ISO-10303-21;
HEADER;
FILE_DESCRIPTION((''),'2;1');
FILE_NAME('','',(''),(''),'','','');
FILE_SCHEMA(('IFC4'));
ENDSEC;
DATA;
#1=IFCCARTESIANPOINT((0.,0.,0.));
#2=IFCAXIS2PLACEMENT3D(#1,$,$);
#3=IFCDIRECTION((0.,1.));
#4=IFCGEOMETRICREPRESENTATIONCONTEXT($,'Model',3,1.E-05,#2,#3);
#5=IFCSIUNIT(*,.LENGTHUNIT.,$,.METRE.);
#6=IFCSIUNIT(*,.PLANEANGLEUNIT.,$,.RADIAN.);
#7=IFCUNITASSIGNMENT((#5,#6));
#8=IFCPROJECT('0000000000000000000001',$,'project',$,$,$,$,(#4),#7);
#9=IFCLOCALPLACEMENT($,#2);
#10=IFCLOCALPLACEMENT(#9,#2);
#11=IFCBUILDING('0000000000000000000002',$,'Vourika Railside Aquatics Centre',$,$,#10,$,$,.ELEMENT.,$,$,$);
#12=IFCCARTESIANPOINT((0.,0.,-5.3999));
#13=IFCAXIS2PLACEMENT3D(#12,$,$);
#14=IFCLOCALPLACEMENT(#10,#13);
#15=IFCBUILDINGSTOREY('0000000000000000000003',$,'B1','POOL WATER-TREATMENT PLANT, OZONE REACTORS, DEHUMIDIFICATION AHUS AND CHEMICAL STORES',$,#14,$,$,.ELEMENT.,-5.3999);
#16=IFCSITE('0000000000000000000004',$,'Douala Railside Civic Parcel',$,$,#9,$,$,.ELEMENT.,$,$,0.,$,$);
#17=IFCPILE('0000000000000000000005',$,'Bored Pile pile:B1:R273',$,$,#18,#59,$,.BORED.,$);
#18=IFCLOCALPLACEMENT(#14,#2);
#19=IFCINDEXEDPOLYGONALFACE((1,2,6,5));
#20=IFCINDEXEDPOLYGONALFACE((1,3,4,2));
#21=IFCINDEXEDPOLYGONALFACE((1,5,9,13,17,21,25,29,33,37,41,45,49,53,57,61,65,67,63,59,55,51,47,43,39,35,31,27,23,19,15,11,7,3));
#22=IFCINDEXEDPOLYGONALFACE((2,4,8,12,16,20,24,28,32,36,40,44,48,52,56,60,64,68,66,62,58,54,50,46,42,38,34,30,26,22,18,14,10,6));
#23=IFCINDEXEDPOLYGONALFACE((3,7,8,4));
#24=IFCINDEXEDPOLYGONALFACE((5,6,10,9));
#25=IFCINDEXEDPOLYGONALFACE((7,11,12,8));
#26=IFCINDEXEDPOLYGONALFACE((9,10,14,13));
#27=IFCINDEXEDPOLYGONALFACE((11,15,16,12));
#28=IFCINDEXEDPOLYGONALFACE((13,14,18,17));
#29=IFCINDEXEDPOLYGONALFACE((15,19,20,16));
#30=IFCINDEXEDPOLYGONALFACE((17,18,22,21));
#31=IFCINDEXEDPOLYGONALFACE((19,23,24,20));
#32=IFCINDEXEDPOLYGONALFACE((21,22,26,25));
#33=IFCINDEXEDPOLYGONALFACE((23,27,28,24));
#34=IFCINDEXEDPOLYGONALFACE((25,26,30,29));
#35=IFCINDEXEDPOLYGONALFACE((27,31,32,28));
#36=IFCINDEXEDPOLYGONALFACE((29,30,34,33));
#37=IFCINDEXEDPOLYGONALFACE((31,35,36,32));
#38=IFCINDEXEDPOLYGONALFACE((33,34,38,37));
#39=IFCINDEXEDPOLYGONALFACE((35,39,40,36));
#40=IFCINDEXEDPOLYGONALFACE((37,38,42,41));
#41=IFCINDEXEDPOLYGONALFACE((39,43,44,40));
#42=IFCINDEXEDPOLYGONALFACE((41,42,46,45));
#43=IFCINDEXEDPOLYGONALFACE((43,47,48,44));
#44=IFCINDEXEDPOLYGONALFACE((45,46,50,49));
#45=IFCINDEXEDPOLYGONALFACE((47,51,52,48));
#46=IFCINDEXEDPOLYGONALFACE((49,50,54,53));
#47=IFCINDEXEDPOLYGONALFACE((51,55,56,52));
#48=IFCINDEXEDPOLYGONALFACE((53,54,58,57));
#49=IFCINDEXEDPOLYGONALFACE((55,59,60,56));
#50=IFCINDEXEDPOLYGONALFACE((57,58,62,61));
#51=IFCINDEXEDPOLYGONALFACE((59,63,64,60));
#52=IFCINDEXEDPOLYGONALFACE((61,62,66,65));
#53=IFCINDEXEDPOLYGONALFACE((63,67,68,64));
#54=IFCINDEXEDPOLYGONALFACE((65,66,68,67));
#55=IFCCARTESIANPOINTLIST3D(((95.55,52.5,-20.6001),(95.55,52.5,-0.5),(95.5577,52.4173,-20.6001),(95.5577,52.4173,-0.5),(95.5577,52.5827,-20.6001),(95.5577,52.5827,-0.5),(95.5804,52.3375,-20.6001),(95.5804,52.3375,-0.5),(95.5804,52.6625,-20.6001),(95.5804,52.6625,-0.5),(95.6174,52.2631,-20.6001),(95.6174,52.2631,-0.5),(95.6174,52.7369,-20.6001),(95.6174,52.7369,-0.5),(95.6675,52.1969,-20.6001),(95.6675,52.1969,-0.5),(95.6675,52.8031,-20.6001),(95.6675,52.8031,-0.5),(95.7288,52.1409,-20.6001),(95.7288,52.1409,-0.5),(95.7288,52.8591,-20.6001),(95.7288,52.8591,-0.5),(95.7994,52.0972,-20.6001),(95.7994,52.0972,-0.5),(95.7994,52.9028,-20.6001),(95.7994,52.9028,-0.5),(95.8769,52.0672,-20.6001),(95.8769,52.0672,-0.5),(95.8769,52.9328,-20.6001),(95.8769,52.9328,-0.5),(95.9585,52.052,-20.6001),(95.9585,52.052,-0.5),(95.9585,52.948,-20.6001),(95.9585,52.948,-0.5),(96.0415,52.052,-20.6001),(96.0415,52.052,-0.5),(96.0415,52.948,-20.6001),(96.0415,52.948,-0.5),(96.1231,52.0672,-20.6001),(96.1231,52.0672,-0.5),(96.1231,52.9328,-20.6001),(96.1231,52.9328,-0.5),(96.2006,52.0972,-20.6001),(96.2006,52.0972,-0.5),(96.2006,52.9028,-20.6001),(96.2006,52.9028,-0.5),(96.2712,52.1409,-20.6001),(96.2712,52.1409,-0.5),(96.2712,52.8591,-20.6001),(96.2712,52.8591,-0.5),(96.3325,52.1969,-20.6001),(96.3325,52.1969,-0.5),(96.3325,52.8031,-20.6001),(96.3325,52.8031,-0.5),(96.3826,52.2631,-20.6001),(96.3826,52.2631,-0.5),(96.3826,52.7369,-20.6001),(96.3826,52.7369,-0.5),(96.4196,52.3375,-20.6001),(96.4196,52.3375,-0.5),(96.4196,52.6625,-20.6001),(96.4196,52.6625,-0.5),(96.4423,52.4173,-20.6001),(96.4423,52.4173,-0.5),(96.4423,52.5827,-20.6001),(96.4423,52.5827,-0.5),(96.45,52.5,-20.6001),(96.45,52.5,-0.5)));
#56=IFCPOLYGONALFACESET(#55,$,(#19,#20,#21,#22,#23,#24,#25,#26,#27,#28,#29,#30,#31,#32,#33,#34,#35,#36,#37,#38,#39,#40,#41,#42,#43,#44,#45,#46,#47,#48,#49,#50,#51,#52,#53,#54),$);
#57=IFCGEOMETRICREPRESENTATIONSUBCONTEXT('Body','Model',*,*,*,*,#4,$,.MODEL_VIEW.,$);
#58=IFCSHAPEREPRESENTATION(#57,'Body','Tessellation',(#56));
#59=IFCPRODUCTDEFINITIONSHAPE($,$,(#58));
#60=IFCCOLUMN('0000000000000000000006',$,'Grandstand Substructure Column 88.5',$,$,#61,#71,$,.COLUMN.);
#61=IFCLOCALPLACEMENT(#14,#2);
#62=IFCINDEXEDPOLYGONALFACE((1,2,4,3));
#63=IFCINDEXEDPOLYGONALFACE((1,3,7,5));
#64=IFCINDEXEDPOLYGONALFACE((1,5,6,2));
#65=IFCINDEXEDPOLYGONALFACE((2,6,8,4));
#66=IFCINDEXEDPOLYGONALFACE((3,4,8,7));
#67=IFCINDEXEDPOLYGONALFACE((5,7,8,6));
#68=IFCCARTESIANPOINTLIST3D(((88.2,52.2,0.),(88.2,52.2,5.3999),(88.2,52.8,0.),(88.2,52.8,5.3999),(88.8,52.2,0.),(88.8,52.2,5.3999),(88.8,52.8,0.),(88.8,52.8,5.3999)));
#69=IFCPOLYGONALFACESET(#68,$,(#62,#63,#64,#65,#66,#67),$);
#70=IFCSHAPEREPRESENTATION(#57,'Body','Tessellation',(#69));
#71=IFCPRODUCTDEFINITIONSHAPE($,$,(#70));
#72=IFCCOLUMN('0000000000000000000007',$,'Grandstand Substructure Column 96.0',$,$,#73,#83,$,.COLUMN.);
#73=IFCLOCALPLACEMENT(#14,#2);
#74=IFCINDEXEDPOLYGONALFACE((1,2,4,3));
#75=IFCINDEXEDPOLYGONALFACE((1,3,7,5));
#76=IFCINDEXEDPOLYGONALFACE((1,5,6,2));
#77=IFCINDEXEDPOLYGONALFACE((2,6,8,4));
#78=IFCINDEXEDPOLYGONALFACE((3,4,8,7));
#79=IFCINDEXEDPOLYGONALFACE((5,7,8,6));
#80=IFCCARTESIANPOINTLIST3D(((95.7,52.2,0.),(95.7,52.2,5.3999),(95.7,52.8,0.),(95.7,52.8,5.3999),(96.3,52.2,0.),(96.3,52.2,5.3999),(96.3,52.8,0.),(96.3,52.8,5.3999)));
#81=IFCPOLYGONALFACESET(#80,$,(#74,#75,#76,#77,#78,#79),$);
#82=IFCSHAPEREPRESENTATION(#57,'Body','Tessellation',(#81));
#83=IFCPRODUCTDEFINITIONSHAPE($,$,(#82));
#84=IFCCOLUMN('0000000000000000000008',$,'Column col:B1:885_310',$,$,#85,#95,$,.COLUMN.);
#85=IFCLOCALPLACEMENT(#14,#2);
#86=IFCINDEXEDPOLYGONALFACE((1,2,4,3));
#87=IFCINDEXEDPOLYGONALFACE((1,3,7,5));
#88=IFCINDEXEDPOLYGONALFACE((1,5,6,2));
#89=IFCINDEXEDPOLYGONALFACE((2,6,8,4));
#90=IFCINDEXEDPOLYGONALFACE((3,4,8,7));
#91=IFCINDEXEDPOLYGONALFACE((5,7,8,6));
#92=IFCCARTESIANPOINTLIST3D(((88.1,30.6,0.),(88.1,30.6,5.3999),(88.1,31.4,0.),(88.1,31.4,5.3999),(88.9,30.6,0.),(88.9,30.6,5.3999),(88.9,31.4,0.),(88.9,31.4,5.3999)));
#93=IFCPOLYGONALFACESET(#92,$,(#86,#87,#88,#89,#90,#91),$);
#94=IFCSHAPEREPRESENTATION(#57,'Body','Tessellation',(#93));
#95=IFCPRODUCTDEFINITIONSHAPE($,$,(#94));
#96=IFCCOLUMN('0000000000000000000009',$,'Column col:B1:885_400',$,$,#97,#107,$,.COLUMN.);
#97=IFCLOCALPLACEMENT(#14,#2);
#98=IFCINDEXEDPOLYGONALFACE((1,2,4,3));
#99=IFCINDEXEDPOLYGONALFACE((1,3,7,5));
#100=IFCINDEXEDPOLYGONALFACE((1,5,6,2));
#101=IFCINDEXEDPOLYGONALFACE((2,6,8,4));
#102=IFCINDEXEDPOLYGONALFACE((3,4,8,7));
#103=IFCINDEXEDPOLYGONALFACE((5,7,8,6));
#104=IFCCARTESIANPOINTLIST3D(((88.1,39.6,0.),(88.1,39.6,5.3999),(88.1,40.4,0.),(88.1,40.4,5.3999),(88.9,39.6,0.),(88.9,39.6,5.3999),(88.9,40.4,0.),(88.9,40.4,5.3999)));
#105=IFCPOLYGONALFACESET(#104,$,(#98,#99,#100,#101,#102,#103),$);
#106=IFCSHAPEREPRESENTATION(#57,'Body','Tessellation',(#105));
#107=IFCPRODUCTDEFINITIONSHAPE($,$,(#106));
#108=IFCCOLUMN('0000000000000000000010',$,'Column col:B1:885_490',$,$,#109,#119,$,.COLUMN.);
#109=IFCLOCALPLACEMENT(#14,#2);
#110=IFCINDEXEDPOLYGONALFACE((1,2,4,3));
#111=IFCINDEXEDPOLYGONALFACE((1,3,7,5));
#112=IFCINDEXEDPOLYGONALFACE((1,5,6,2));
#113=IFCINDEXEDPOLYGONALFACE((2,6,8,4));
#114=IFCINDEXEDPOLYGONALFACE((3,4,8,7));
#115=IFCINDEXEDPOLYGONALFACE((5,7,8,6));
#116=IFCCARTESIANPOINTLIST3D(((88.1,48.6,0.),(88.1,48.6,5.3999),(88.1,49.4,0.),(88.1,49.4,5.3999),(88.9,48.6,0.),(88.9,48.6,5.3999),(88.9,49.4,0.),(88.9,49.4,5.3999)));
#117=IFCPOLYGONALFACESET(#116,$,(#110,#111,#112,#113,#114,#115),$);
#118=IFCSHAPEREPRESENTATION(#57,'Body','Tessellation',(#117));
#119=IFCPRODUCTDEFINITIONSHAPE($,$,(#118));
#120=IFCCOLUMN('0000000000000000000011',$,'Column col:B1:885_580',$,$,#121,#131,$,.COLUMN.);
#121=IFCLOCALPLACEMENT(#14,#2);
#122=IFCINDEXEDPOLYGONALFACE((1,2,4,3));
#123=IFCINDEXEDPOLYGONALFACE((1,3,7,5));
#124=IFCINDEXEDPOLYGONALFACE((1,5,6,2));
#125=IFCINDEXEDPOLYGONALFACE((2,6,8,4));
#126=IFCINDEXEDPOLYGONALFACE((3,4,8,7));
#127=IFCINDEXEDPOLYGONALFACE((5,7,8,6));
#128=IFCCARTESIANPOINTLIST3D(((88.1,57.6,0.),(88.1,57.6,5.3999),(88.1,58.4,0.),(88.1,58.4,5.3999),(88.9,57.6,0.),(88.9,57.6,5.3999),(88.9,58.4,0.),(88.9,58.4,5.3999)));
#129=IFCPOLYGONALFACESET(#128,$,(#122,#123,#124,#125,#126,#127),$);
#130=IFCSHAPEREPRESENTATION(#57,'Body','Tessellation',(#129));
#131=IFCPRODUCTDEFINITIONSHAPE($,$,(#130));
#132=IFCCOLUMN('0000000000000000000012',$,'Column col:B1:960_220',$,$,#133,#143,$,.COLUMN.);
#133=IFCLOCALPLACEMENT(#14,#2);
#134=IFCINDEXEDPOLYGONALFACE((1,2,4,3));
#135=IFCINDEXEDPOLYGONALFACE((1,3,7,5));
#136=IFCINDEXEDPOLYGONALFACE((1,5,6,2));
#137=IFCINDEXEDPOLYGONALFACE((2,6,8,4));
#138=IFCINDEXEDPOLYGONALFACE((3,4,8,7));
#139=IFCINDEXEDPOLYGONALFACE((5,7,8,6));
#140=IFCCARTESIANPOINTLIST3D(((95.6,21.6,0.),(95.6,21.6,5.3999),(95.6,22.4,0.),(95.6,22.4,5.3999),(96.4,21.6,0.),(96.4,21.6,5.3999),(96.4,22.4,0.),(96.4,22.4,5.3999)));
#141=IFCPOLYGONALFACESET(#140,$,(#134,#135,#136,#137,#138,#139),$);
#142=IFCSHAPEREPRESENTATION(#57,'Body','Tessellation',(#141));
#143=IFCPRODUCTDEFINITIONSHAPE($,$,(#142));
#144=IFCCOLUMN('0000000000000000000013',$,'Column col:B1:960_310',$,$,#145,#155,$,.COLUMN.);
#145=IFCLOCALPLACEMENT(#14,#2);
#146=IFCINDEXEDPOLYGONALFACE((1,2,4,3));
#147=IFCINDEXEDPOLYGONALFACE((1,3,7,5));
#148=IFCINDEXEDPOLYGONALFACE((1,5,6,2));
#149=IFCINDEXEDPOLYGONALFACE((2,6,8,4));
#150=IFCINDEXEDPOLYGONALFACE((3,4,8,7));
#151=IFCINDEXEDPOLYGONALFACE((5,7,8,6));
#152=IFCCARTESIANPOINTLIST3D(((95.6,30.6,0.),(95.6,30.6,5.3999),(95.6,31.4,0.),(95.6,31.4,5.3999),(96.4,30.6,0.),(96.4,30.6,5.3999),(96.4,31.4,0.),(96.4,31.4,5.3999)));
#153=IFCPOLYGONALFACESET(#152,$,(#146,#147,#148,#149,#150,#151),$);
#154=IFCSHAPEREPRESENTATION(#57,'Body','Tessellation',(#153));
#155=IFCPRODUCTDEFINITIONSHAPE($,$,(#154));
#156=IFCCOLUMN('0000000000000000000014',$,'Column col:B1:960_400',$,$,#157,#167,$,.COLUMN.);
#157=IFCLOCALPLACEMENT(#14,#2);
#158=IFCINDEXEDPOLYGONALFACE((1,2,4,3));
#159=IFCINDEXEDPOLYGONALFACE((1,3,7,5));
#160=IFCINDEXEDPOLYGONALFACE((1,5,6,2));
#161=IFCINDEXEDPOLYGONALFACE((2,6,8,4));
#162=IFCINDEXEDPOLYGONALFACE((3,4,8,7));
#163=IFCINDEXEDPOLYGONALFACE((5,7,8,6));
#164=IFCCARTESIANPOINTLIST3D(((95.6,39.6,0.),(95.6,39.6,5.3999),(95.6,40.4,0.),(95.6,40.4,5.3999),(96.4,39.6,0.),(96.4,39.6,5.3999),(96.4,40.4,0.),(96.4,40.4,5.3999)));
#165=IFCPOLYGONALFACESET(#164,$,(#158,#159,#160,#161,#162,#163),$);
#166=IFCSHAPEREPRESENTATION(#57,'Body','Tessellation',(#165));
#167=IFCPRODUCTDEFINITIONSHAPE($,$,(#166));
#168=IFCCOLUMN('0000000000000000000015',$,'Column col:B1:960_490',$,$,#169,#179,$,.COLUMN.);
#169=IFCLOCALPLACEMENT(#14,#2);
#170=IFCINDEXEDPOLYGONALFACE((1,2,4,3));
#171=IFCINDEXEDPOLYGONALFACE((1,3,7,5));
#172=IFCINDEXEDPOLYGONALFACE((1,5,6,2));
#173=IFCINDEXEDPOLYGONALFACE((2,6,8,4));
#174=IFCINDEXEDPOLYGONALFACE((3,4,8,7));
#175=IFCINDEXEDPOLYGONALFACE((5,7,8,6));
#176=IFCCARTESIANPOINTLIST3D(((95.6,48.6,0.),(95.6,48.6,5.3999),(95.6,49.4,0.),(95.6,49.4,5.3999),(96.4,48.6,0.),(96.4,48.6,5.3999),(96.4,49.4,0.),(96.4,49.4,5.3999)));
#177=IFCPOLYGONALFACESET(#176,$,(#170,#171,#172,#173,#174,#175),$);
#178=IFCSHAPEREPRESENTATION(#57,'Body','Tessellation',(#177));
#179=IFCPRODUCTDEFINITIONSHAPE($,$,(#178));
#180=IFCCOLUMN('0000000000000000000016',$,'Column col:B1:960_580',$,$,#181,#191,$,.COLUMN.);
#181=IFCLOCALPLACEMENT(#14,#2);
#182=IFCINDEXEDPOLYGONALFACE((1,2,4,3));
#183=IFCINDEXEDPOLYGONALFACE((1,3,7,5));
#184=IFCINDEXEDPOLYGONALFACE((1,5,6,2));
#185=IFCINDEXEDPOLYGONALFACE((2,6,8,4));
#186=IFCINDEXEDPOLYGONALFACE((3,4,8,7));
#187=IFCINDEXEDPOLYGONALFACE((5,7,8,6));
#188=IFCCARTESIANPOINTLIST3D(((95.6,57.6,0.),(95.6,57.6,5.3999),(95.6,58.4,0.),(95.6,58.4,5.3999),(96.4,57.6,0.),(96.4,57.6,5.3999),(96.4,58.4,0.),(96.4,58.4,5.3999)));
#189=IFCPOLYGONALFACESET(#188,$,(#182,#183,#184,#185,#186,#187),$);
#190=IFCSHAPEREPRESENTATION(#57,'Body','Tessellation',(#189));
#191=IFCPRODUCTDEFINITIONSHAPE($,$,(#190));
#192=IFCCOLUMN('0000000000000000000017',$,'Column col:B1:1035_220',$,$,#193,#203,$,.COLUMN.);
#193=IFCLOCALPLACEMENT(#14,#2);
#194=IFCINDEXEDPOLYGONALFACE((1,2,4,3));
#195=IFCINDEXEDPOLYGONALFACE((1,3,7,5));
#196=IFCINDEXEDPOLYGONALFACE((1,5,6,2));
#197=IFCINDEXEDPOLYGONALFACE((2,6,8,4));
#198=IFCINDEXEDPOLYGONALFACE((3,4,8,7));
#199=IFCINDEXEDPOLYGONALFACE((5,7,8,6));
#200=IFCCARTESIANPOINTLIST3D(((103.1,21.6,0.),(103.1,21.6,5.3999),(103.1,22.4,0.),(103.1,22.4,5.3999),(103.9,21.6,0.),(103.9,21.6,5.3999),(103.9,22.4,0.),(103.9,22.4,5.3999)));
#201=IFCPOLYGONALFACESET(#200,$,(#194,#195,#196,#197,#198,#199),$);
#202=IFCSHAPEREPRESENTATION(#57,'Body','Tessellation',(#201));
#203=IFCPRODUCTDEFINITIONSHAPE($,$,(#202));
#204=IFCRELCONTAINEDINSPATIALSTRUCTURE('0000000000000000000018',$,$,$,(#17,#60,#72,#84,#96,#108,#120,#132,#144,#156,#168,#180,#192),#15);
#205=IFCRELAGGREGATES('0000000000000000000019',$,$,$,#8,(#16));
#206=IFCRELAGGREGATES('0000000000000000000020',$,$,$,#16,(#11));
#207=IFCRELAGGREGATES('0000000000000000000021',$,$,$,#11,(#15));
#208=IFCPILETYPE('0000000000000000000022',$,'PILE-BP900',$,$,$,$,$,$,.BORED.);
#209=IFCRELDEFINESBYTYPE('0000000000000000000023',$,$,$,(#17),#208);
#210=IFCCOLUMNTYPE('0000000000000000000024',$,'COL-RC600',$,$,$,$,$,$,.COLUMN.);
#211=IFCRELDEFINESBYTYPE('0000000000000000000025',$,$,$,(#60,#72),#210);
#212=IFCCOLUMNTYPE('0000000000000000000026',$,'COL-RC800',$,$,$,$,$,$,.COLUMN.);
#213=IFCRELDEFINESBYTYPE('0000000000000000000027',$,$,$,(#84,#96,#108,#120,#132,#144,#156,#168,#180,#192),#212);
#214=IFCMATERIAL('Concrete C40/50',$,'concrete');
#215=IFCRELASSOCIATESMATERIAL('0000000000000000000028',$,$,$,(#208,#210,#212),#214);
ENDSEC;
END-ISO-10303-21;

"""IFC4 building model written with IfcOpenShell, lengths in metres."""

from ifc_helpers import new_model, si_unit, direction, frame, origin, origin_2d, place, context, subcontext, project, spatial, rectangle, circle, extrude, material, material_profile, profile_set, type_object, element, save


model = new_model("IFC4")

# Units and contexts
model_context = context("Model", 3, precision=1e-05, world=origin(), true_north=direction((0.0, 1.0)))
body_context = subcontext(model_context, "Body", "Model", "MODEL_VIEW")
ifc_project = project(units=[si_unit("LENGTHUNIT", "METRE"), si_unit("PLANEANGLEUNIT", "RADIAN")], contexts=[model_context])

# Site, building, storey
site_placement = place(None, origin())
site = spatial("IfcSite", under=ifc_project, at=site_placement, Name="Douala Railside Civic Parcel", CompositionType="ELEMENT", RefElevation=0.0)
building_placement = place(site_placement, origin())
building = spatial("IfcBuilding", under=site, at=building_placement, Name="Vourika Railside Aquatics Centre", CompositionType="ELEMENT")
storey_placement = place(building_placement, frame((0.0, 0.0, -5.3999)))
storey = spatial("IfcBuildingStorey", under=building, at=storey_placement, Name="B1", Description="POOL WATER-TREATMENT PLANT, OZONE REACTORS, DEHUMIDIFICATION AHUS AND CHEMICAL STORES", CompositionType="ELEMENT", Elevation=-5.3999)

# Pile
ifc_material_1 = material(Name="Concrete C40/50", Category="concrete")
ifc_material_profile_1 = material_profile(ifc_material_1, circle(Radius=0.45, at=origin_2d()), Name="BP 900")
ifc_profile_set_1 = profile_set([ifc_material_profile_1], Name="Concrete C40/50")
pile_type_1 = type_object("IfcPileType", Name="PILE-BP900", PredefinedType="BORED", material=ifc_profile_set_1)
for number, where, z_axis, x_axis, name in (
    (1, (96.0, 52.5, -0.5), (0.0, 0.0, -1.0), (1.0, 0.0, 0.0), "Bored Pile pile:B1:R273"),
):
    element("IfcPile", number, at=place(storey_placement, frame(where, z_axis=z_axis, x_axis=x_axis)), inside=storey, type_object=pile_type_1, Name=name, PredefinedType="BORED", context=body_context, shape_type="SweptSolid", body=[
        extrude(circle(Radius=0.45, at=origin_2d()), origin(), (0.0, 0.0, 1.0), 20.1001),
    ])

# Columns
ifc_material_profile_2 = material_profile(ifc_material_1, rectangle(XDim=0.6001, YDim=0.6001, at=origin_2d()), Name="RC 600x600")
ifc_profile_set_2 = profile_set([ifc_material_profile_2], Name="Concrete C40/50")
column_type_1 = type_object("IfcColumnType", Name="COL-RC600", PredefinedType="COLUMN", material=ifc_profile_set_2)
for number, where, z_axis, x_axis, name in (
    (2, (88.5, 52.5, 0.0), (0.0, 0.0, 1.0), (1.0, 0.0, 0.0), "Grandstand Substructure Column 88.5"),
    (3, (96.0, 52.5, 0.0), (0.0, 0.0, 1.0), (1.0, 0.0, 0.0), "Grandstand Substructure Column 96.0"),
):
    element("IfcColumn", number, at=place(storey_placement, frame(where, z_axis=z_axis, x_axis=x_axis)), inside=storey, type_object=column_type_1, Name=name, PredefinedType="COLUMN", context=body_context, shape_type="SweptSolid", body=[
        extrude(rectangle(XDim=0.6001, YDim=0.6001, at=origin_2d()), origin(), (0.0, 0.0, 1.0), 5.3999),
    ])
ifc_material_profile_3 = material_profile(ifc_material_1, rectangle(XDim=0.8, YDim=0.8, at=origin_2d()), Name="RC 800x800")
ifc_profile_set_3 = profile_set([ifc_material_profile_3], Name="Concrete C40/50")
column_type_2 = type_object("IfcColumnType", Name="COL-RC800", PredefinedType="COLUMN", material=ifc_profile_set_3)
for number, where, z_axis, x_axis, name in (
    (4, (88.5, 31.0, 0.0), (0.0, 0.0, 1.0), (1.0, 0.0, 0.0), "Column col:B1:885_310"),
    (5, (88.5, 40.0, 0.0), (0.0, 0.0, 1.0), (1.0, 0.0, 0.0), "Column col:B1:885_400"),
    (6, (88.5, 49.0, 0.0), (0.0, 0.0, 1.0), (1.0, 0.0, 0.0), "Column col:B1:885_490"),
    (7, (88.5, 58.0, 0.0), (0.0, 0.0, 1.0), (1.0, 0.0, 0.0), "Column col:B1:885_580"),
    (8, (96.0, 22.0, 0.0), (0.0, 0.0, 1.0), (1.0, 0.0, 0.0), "Column col:B1:960_220"),
    (9, (96.0, 31.0, 0.0), (0.0, 0.0, 1.0), (1.0, 0.0, 0.0), "Column col:B1:960_310"),
    (10, (96.0, 40.0, 0.0), (0.0, 0.0, 1.0), (1.0, 0.0, 0.0), "Column col:B1:960_400"),
    (11, (96.0, 49.0, 0.0), (0.0, 0.0, 1.0), (1.0, 0.0, 0.0), "Column col:B1:960_490"),
    (12, (96.0, 58.0, 0.0), (0.0, 0.0, 1.0), (1.0, 0.0, 0.0), "Column col:B1:960_580"),
    (13, (103.5, 22.0, 0.0), (0.0, 0.0, 1.0), (1.0, 0.0, 0.0), "Column col:B1:1035_220"),
):
    element("IfcColumn", number, at=place(storey_placement, frame(where, z_axis=z_axis, x_axis=x_axis)), inside=storey, type_object=column_type_2, Name=name, PredefinedType="COLUMN", context=body_context, shape_type="SweptSolid", body=[
        extrude(rectangle(XDim=0.8, YDim=0.8, at=origin_2d()), origin(), (0.0, 0.0, 1.0), 5.3999),
    ])

save(model, "model.ifc")
